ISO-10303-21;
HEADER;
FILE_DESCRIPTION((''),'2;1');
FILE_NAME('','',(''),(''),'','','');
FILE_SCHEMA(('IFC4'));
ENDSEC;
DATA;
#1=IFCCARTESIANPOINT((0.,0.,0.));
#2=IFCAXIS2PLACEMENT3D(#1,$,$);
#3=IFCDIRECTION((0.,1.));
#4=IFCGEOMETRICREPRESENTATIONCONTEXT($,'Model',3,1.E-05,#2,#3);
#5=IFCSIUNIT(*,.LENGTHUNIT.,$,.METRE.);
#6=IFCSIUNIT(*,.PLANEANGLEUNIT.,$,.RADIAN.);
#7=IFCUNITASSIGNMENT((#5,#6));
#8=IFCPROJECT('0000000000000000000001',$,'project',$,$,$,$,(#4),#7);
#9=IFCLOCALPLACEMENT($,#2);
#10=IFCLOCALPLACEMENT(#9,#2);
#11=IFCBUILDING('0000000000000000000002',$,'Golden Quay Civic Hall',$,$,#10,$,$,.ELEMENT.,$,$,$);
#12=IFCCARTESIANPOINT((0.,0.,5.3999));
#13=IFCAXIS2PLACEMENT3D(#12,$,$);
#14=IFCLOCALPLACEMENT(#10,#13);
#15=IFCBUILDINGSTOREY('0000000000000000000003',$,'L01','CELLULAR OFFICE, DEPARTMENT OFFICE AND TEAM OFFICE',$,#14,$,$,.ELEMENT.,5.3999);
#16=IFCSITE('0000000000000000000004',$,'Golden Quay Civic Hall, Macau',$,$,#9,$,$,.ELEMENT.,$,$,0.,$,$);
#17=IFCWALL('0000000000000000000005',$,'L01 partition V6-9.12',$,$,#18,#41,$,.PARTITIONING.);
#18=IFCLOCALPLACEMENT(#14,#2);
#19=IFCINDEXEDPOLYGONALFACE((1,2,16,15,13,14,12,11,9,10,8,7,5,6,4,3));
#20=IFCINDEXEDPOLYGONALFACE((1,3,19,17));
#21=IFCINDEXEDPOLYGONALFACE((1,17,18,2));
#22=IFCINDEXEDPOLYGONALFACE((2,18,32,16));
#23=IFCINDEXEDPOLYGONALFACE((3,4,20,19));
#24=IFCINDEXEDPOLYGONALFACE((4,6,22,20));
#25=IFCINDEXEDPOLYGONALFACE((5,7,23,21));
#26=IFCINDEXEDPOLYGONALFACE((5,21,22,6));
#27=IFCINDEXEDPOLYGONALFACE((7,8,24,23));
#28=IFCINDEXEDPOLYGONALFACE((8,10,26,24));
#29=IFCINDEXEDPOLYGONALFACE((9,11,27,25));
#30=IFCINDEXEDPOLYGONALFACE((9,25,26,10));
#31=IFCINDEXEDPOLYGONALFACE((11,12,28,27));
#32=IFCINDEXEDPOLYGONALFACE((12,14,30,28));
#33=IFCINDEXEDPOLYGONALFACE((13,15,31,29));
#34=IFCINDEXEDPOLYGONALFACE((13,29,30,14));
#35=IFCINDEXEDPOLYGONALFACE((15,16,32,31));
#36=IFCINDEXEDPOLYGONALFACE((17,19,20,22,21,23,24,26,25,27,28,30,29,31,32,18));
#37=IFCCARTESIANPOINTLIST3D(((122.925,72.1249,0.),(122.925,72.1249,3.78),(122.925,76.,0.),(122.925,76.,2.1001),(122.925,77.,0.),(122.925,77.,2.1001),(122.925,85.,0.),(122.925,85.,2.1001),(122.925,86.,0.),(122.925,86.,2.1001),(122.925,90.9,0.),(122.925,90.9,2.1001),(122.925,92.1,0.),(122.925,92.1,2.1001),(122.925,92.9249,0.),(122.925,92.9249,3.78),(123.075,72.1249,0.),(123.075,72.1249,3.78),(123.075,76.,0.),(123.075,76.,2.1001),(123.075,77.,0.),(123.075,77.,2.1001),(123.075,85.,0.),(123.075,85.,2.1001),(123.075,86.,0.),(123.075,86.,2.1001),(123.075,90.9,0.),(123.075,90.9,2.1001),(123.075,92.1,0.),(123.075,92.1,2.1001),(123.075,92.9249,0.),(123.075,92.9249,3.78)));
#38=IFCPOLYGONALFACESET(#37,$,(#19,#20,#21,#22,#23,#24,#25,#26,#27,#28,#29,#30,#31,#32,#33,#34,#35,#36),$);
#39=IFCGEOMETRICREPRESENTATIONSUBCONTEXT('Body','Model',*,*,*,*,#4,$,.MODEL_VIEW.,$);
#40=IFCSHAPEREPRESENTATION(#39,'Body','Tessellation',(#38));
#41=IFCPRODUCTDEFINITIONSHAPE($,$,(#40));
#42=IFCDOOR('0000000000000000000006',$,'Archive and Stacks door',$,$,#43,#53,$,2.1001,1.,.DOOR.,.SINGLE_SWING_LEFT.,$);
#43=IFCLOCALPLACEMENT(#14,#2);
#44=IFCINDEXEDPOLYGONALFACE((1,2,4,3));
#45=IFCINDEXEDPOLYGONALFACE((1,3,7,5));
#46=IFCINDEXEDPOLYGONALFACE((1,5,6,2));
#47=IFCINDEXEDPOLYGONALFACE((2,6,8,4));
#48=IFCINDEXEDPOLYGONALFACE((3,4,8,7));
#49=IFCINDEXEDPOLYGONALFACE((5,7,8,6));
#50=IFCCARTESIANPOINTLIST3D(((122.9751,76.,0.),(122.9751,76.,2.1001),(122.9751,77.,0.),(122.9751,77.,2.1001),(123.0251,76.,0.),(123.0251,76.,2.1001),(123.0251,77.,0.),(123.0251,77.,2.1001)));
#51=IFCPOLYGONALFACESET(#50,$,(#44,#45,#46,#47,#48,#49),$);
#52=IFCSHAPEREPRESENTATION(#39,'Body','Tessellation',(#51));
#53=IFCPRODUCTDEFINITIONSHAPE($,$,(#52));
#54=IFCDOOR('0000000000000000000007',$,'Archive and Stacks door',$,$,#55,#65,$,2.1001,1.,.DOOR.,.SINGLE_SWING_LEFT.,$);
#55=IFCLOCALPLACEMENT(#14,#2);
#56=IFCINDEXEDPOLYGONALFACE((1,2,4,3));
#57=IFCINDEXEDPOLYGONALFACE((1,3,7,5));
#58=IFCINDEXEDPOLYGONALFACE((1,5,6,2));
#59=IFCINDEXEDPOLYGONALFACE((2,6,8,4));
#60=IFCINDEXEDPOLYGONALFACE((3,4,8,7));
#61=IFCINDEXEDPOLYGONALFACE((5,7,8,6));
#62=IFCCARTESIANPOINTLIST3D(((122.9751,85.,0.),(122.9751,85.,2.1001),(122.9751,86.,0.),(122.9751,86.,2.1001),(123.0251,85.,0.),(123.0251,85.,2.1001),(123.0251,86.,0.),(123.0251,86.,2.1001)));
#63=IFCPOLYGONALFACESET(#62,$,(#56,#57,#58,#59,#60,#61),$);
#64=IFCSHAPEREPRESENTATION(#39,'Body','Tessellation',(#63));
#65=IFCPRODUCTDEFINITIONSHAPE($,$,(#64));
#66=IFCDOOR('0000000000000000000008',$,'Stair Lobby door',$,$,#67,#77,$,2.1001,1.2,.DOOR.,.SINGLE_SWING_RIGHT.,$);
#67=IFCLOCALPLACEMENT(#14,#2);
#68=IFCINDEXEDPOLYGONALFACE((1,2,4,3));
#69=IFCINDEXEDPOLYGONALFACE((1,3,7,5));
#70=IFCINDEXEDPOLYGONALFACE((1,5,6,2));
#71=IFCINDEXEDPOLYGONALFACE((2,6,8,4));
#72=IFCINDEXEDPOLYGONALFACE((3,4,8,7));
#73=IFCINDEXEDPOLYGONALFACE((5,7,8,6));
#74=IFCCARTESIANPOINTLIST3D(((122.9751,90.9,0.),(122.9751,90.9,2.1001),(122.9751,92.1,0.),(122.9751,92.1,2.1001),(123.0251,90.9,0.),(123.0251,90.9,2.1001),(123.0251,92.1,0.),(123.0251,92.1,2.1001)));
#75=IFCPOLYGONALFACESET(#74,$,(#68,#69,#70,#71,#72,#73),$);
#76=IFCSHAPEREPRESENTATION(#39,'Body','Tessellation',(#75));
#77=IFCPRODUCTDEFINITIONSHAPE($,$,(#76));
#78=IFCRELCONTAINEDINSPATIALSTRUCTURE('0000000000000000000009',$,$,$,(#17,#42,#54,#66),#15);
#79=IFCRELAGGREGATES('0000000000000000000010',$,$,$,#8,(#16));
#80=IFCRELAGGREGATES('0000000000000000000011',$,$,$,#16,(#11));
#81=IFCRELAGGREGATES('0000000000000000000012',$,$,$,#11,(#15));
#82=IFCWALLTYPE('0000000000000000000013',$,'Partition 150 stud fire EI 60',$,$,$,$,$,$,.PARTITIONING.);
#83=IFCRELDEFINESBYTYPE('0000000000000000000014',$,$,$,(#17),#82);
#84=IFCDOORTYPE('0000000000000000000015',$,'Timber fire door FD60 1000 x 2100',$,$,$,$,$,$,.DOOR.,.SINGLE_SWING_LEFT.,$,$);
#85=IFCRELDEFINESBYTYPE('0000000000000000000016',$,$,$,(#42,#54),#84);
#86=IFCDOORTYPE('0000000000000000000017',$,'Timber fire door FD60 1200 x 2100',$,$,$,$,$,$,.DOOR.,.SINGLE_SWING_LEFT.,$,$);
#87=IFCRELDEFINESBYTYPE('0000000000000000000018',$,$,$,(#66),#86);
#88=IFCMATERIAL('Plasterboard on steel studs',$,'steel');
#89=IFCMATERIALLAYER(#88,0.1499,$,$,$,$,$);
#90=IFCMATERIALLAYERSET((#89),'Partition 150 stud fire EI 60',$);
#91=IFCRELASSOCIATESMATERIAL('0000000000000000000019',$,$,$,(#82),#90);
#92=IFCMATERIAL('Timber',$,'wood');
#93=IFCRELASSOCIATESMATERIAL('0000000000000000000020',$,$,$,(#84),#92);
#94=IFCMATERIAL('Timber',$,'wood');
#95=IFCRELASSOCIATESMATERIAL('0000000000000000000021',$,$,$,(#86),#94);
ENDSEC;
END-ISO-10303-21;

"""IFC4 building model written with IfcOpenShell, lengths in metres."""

from ifc_helpers import new_model, si_unit, direction, frame, frame_2d, origin, place, context, subcontext, project, spatial, rectangle, extrude, material, layer, layer_set, type_object, element, fill, save


model = new_model("IFC4")

# Units and contexts
model_context = context("Model", 3, precision=1e-05, world=origin(), true_north=direction((0.0, 1.0)))
body_context = subcontext(model_context, "Body", "Model", "MODEL_VIEW")
ifc_project = project(units=[si_unit("LENGTHUNIT", "METRE"), si_unit("PLANEANGLEUNIT", "RADIAN")], contexts=[model_context])

# Site, building, storey
site_placement = place(None, origin())
site = spatial("IfcSite", under=ifc_project, at=site_placement, Name="Golden Quay Civic Hall, Macau", CompositionType="ELEMENT", RefElevation=0.0)
building_placement = place(site_placement, origin())
building = spatial("IfcBuilding", under=site, at=building_placement, Name="Golden Quay Civic Hall", CompositionType="ELEMENT")
storey_placement = place(building_placement, frame((0.0, 0.0, 5.3999)))
storey = spatial("IfcBuildingStorey", under=building, at=storey_placement, Name="L01", Description="CELLULAR OFFICE, DEPARTMENT OFFICE AND TEAM OFFICE", CompositionType="ELEMENT", Elevation=5.3999)

# Wall, openings, doors
ifc_material_1 = material(Name="Plasterboard on steel studs", Category="steel")
ifc_layer_1 = layer(ifc_material_1, 0.1499)
ifc_layer_set_1 = layer_set([ifc_layer_1], Name="Partition 150 stud fire EI 60")
wall_type_1 = type_object("IfcWallType", Name="Partition 150 stud fire EI 60", PredefinedType="PARTITIONING", material=ifc_layer_set_1)
wall_1_placement = place(storey_placement, frame((123.0, 72.125, 0.0), z_axis=(0.0, 0.0, 1.0), x_axis=(0.0, 1.0, 0.0)))
wall_1 = element("IfcWall", 1, at=wall_1_placement, inside=storey, type_object=wall_type_1, Name="L01 partition V6-9.12", PredefinedType="PARTITIONING", context=body_context, shape_type="SweptSolid", body=[
    extrude(rectangle(XDim=20.8, YDim=0.1499, at=frame_2d((10.3999, 0.0))), origin(), (0.0, 0.0, 1.0), 3.78),
])
opening_1_placement = place(wall_1_placement, frame((3.875, 0.0, 0.0)))
opening_1 = element("IfcOpeningElement", 2, at=opening_1_placement, cuts=wall_1, PredefinedType="OPENING", context=body_context, shape_type="SweptSolid", body=[
    extrude(rectangle(XDim=1.0, YDim=2.1001, at=frame_2d((0.5, 1.05))), frame((0.0, 0.085, 0.0), z_axis=(0.0, -1.0, 0.0), x_axis=(1.0, 0.0, 0.0)), (0.0, 0.0, 1.0), 0.1699),
])
opening_2_placement = place(wall_1_placement, frame((12.875, 0.0, 0.0)))
opening_2 = element("IfcOpeningElement", 3, at=opening_2_placement, cuts=wall_1, PredefinedType="OPENING", context=body_context, shape_type="SweptSolid", body=[
    extrude(rectangle(XDim=1.0, YDim=2.1001, at=frame_2d((0.5, 1.05))), frame((0.0, 0.085, 0.0), z_axis=(0.0, -1.0, 0.0), x_axis=(1.0, 0.0, 0.0)), (0.0, 0.0, 1.0), 0.1699),
])
opening_3_placement = place(wall_1_placement, frame((18.7749, 0.0, 0.0)))
opening_3 = element("IfcOpeningElement", 4, at=opening_3_placement, cuts=wall_1, PredefinedType="OPENING", context=body_context, shape_type="SweptSolid", body=[
    extrude(rectangle(XDim=1.2, YDim=2.1001, at=frame_2d((0.6001, 1.05))), frame((0.0, 0.085, 0.0), z_axis=(0.0, -1.0, 0.0), x_axis=(1.0, 0.0, 0.0)), (0.0, 0.0, 1.0), 0.1699),
])
ifc_material_2 = material(Name="Timber", Category="wood")
door_type_1 = type_object("IfcDoorType", Name="Timber fire door FD60 1000 x 2100", OperationType="SINGLE_SWING_LEFT", PredefinedType="DOOR", material=ifc_material_2)
door_1_placement = place(opening_1_placement, origin())
door_1 = element("IfcDoor", 5, at=door_1_placement, inside=storey, type_object=door_type_1, Name="Archive and Stacks door", OperationType="SINGLE_SWING_LEFT", OverallHeight=2.1001, OverallWidth=1.0, PredefinedType="DOOR", context=body_context, shape_type="SweptSolid", body=[
    extrude(rectangle(XDim=1.0, YDim=2.1001, at=frame_2d((0.5, 1.05))), frame((0.0, 0.0249, 0.0), z_axis=(0.0, -1.0, 0.0), x_axis=(1.0, 0.0, 0.0)), (0.0, 0.0, 1.0), 0.05),
])
fill(opening_1, door_1)
door_2_placement = place(opening_2_placement, origin())
door_2 = element("IfcDoor", 6, at=door_2_placement, inside=storey, type_object=door_type_1, Name="Archive and Stacks door", OperationType="SINGLE_SWING_LEFT", OverallHeight=2.1001, OverallWidth=1.0, PredefinedType="DOOR", context=body_context, shape_type="SweptSolid", body=[
    extrude(rectangle(XDim=1.0, YDim=2.1001, at=frame_2d((0.5, 1.05))), frame((0.0, 0.0249, 0.0), z_axis=(0.0, -1.0, 0.0), x_axis=(1.0, 0.0, 0.0)), (0.0, 0.0, 1.0), 0.05),
])
fill(opening_2, door_2)
ifc_material_3 = material(Name="Timber", Category="wood")
door_type_2 = type_object("IfcDoorType", Name="Timber fire door FD60 1200 x 2100", OperationType="SINGLE_SWING_LEFT", PredefinedType="DOOR", material=ifc_material_3)
door_3_placement = place(opening_3_placement, frame((1.2, 0.0, 0.0), z_axis=(0.0, 0.0, 1.0), x_axis=(-1.0, 0.0, 0.0)))
door_3 = element("IfcDoor", 7, at=door_3_placement, inside=storey, type_object=door_type_2, Name="Stair Lobby door", OperationType="SINGLE_SWING_RIGHT", OverallHeight=2.1001, OverallWidth=1.2, PredefinedType="DOOR", context=body_context, shape_type="SweptSolid", body=[
    extrude(rectangle(XDim=1.2, YDim=2.1001, at=frame_2d((0.5999, 1.05))), frame((0.0, 0.0251, 0.0), z_axis=(0.0, -1.0, 0.0), x_axis=(1.0, 0.0, 0.0)), (0.0, 0.0, 1.0), 0.05),
])
fill(opening_3, door_3)

save(model, "model.ifc")
